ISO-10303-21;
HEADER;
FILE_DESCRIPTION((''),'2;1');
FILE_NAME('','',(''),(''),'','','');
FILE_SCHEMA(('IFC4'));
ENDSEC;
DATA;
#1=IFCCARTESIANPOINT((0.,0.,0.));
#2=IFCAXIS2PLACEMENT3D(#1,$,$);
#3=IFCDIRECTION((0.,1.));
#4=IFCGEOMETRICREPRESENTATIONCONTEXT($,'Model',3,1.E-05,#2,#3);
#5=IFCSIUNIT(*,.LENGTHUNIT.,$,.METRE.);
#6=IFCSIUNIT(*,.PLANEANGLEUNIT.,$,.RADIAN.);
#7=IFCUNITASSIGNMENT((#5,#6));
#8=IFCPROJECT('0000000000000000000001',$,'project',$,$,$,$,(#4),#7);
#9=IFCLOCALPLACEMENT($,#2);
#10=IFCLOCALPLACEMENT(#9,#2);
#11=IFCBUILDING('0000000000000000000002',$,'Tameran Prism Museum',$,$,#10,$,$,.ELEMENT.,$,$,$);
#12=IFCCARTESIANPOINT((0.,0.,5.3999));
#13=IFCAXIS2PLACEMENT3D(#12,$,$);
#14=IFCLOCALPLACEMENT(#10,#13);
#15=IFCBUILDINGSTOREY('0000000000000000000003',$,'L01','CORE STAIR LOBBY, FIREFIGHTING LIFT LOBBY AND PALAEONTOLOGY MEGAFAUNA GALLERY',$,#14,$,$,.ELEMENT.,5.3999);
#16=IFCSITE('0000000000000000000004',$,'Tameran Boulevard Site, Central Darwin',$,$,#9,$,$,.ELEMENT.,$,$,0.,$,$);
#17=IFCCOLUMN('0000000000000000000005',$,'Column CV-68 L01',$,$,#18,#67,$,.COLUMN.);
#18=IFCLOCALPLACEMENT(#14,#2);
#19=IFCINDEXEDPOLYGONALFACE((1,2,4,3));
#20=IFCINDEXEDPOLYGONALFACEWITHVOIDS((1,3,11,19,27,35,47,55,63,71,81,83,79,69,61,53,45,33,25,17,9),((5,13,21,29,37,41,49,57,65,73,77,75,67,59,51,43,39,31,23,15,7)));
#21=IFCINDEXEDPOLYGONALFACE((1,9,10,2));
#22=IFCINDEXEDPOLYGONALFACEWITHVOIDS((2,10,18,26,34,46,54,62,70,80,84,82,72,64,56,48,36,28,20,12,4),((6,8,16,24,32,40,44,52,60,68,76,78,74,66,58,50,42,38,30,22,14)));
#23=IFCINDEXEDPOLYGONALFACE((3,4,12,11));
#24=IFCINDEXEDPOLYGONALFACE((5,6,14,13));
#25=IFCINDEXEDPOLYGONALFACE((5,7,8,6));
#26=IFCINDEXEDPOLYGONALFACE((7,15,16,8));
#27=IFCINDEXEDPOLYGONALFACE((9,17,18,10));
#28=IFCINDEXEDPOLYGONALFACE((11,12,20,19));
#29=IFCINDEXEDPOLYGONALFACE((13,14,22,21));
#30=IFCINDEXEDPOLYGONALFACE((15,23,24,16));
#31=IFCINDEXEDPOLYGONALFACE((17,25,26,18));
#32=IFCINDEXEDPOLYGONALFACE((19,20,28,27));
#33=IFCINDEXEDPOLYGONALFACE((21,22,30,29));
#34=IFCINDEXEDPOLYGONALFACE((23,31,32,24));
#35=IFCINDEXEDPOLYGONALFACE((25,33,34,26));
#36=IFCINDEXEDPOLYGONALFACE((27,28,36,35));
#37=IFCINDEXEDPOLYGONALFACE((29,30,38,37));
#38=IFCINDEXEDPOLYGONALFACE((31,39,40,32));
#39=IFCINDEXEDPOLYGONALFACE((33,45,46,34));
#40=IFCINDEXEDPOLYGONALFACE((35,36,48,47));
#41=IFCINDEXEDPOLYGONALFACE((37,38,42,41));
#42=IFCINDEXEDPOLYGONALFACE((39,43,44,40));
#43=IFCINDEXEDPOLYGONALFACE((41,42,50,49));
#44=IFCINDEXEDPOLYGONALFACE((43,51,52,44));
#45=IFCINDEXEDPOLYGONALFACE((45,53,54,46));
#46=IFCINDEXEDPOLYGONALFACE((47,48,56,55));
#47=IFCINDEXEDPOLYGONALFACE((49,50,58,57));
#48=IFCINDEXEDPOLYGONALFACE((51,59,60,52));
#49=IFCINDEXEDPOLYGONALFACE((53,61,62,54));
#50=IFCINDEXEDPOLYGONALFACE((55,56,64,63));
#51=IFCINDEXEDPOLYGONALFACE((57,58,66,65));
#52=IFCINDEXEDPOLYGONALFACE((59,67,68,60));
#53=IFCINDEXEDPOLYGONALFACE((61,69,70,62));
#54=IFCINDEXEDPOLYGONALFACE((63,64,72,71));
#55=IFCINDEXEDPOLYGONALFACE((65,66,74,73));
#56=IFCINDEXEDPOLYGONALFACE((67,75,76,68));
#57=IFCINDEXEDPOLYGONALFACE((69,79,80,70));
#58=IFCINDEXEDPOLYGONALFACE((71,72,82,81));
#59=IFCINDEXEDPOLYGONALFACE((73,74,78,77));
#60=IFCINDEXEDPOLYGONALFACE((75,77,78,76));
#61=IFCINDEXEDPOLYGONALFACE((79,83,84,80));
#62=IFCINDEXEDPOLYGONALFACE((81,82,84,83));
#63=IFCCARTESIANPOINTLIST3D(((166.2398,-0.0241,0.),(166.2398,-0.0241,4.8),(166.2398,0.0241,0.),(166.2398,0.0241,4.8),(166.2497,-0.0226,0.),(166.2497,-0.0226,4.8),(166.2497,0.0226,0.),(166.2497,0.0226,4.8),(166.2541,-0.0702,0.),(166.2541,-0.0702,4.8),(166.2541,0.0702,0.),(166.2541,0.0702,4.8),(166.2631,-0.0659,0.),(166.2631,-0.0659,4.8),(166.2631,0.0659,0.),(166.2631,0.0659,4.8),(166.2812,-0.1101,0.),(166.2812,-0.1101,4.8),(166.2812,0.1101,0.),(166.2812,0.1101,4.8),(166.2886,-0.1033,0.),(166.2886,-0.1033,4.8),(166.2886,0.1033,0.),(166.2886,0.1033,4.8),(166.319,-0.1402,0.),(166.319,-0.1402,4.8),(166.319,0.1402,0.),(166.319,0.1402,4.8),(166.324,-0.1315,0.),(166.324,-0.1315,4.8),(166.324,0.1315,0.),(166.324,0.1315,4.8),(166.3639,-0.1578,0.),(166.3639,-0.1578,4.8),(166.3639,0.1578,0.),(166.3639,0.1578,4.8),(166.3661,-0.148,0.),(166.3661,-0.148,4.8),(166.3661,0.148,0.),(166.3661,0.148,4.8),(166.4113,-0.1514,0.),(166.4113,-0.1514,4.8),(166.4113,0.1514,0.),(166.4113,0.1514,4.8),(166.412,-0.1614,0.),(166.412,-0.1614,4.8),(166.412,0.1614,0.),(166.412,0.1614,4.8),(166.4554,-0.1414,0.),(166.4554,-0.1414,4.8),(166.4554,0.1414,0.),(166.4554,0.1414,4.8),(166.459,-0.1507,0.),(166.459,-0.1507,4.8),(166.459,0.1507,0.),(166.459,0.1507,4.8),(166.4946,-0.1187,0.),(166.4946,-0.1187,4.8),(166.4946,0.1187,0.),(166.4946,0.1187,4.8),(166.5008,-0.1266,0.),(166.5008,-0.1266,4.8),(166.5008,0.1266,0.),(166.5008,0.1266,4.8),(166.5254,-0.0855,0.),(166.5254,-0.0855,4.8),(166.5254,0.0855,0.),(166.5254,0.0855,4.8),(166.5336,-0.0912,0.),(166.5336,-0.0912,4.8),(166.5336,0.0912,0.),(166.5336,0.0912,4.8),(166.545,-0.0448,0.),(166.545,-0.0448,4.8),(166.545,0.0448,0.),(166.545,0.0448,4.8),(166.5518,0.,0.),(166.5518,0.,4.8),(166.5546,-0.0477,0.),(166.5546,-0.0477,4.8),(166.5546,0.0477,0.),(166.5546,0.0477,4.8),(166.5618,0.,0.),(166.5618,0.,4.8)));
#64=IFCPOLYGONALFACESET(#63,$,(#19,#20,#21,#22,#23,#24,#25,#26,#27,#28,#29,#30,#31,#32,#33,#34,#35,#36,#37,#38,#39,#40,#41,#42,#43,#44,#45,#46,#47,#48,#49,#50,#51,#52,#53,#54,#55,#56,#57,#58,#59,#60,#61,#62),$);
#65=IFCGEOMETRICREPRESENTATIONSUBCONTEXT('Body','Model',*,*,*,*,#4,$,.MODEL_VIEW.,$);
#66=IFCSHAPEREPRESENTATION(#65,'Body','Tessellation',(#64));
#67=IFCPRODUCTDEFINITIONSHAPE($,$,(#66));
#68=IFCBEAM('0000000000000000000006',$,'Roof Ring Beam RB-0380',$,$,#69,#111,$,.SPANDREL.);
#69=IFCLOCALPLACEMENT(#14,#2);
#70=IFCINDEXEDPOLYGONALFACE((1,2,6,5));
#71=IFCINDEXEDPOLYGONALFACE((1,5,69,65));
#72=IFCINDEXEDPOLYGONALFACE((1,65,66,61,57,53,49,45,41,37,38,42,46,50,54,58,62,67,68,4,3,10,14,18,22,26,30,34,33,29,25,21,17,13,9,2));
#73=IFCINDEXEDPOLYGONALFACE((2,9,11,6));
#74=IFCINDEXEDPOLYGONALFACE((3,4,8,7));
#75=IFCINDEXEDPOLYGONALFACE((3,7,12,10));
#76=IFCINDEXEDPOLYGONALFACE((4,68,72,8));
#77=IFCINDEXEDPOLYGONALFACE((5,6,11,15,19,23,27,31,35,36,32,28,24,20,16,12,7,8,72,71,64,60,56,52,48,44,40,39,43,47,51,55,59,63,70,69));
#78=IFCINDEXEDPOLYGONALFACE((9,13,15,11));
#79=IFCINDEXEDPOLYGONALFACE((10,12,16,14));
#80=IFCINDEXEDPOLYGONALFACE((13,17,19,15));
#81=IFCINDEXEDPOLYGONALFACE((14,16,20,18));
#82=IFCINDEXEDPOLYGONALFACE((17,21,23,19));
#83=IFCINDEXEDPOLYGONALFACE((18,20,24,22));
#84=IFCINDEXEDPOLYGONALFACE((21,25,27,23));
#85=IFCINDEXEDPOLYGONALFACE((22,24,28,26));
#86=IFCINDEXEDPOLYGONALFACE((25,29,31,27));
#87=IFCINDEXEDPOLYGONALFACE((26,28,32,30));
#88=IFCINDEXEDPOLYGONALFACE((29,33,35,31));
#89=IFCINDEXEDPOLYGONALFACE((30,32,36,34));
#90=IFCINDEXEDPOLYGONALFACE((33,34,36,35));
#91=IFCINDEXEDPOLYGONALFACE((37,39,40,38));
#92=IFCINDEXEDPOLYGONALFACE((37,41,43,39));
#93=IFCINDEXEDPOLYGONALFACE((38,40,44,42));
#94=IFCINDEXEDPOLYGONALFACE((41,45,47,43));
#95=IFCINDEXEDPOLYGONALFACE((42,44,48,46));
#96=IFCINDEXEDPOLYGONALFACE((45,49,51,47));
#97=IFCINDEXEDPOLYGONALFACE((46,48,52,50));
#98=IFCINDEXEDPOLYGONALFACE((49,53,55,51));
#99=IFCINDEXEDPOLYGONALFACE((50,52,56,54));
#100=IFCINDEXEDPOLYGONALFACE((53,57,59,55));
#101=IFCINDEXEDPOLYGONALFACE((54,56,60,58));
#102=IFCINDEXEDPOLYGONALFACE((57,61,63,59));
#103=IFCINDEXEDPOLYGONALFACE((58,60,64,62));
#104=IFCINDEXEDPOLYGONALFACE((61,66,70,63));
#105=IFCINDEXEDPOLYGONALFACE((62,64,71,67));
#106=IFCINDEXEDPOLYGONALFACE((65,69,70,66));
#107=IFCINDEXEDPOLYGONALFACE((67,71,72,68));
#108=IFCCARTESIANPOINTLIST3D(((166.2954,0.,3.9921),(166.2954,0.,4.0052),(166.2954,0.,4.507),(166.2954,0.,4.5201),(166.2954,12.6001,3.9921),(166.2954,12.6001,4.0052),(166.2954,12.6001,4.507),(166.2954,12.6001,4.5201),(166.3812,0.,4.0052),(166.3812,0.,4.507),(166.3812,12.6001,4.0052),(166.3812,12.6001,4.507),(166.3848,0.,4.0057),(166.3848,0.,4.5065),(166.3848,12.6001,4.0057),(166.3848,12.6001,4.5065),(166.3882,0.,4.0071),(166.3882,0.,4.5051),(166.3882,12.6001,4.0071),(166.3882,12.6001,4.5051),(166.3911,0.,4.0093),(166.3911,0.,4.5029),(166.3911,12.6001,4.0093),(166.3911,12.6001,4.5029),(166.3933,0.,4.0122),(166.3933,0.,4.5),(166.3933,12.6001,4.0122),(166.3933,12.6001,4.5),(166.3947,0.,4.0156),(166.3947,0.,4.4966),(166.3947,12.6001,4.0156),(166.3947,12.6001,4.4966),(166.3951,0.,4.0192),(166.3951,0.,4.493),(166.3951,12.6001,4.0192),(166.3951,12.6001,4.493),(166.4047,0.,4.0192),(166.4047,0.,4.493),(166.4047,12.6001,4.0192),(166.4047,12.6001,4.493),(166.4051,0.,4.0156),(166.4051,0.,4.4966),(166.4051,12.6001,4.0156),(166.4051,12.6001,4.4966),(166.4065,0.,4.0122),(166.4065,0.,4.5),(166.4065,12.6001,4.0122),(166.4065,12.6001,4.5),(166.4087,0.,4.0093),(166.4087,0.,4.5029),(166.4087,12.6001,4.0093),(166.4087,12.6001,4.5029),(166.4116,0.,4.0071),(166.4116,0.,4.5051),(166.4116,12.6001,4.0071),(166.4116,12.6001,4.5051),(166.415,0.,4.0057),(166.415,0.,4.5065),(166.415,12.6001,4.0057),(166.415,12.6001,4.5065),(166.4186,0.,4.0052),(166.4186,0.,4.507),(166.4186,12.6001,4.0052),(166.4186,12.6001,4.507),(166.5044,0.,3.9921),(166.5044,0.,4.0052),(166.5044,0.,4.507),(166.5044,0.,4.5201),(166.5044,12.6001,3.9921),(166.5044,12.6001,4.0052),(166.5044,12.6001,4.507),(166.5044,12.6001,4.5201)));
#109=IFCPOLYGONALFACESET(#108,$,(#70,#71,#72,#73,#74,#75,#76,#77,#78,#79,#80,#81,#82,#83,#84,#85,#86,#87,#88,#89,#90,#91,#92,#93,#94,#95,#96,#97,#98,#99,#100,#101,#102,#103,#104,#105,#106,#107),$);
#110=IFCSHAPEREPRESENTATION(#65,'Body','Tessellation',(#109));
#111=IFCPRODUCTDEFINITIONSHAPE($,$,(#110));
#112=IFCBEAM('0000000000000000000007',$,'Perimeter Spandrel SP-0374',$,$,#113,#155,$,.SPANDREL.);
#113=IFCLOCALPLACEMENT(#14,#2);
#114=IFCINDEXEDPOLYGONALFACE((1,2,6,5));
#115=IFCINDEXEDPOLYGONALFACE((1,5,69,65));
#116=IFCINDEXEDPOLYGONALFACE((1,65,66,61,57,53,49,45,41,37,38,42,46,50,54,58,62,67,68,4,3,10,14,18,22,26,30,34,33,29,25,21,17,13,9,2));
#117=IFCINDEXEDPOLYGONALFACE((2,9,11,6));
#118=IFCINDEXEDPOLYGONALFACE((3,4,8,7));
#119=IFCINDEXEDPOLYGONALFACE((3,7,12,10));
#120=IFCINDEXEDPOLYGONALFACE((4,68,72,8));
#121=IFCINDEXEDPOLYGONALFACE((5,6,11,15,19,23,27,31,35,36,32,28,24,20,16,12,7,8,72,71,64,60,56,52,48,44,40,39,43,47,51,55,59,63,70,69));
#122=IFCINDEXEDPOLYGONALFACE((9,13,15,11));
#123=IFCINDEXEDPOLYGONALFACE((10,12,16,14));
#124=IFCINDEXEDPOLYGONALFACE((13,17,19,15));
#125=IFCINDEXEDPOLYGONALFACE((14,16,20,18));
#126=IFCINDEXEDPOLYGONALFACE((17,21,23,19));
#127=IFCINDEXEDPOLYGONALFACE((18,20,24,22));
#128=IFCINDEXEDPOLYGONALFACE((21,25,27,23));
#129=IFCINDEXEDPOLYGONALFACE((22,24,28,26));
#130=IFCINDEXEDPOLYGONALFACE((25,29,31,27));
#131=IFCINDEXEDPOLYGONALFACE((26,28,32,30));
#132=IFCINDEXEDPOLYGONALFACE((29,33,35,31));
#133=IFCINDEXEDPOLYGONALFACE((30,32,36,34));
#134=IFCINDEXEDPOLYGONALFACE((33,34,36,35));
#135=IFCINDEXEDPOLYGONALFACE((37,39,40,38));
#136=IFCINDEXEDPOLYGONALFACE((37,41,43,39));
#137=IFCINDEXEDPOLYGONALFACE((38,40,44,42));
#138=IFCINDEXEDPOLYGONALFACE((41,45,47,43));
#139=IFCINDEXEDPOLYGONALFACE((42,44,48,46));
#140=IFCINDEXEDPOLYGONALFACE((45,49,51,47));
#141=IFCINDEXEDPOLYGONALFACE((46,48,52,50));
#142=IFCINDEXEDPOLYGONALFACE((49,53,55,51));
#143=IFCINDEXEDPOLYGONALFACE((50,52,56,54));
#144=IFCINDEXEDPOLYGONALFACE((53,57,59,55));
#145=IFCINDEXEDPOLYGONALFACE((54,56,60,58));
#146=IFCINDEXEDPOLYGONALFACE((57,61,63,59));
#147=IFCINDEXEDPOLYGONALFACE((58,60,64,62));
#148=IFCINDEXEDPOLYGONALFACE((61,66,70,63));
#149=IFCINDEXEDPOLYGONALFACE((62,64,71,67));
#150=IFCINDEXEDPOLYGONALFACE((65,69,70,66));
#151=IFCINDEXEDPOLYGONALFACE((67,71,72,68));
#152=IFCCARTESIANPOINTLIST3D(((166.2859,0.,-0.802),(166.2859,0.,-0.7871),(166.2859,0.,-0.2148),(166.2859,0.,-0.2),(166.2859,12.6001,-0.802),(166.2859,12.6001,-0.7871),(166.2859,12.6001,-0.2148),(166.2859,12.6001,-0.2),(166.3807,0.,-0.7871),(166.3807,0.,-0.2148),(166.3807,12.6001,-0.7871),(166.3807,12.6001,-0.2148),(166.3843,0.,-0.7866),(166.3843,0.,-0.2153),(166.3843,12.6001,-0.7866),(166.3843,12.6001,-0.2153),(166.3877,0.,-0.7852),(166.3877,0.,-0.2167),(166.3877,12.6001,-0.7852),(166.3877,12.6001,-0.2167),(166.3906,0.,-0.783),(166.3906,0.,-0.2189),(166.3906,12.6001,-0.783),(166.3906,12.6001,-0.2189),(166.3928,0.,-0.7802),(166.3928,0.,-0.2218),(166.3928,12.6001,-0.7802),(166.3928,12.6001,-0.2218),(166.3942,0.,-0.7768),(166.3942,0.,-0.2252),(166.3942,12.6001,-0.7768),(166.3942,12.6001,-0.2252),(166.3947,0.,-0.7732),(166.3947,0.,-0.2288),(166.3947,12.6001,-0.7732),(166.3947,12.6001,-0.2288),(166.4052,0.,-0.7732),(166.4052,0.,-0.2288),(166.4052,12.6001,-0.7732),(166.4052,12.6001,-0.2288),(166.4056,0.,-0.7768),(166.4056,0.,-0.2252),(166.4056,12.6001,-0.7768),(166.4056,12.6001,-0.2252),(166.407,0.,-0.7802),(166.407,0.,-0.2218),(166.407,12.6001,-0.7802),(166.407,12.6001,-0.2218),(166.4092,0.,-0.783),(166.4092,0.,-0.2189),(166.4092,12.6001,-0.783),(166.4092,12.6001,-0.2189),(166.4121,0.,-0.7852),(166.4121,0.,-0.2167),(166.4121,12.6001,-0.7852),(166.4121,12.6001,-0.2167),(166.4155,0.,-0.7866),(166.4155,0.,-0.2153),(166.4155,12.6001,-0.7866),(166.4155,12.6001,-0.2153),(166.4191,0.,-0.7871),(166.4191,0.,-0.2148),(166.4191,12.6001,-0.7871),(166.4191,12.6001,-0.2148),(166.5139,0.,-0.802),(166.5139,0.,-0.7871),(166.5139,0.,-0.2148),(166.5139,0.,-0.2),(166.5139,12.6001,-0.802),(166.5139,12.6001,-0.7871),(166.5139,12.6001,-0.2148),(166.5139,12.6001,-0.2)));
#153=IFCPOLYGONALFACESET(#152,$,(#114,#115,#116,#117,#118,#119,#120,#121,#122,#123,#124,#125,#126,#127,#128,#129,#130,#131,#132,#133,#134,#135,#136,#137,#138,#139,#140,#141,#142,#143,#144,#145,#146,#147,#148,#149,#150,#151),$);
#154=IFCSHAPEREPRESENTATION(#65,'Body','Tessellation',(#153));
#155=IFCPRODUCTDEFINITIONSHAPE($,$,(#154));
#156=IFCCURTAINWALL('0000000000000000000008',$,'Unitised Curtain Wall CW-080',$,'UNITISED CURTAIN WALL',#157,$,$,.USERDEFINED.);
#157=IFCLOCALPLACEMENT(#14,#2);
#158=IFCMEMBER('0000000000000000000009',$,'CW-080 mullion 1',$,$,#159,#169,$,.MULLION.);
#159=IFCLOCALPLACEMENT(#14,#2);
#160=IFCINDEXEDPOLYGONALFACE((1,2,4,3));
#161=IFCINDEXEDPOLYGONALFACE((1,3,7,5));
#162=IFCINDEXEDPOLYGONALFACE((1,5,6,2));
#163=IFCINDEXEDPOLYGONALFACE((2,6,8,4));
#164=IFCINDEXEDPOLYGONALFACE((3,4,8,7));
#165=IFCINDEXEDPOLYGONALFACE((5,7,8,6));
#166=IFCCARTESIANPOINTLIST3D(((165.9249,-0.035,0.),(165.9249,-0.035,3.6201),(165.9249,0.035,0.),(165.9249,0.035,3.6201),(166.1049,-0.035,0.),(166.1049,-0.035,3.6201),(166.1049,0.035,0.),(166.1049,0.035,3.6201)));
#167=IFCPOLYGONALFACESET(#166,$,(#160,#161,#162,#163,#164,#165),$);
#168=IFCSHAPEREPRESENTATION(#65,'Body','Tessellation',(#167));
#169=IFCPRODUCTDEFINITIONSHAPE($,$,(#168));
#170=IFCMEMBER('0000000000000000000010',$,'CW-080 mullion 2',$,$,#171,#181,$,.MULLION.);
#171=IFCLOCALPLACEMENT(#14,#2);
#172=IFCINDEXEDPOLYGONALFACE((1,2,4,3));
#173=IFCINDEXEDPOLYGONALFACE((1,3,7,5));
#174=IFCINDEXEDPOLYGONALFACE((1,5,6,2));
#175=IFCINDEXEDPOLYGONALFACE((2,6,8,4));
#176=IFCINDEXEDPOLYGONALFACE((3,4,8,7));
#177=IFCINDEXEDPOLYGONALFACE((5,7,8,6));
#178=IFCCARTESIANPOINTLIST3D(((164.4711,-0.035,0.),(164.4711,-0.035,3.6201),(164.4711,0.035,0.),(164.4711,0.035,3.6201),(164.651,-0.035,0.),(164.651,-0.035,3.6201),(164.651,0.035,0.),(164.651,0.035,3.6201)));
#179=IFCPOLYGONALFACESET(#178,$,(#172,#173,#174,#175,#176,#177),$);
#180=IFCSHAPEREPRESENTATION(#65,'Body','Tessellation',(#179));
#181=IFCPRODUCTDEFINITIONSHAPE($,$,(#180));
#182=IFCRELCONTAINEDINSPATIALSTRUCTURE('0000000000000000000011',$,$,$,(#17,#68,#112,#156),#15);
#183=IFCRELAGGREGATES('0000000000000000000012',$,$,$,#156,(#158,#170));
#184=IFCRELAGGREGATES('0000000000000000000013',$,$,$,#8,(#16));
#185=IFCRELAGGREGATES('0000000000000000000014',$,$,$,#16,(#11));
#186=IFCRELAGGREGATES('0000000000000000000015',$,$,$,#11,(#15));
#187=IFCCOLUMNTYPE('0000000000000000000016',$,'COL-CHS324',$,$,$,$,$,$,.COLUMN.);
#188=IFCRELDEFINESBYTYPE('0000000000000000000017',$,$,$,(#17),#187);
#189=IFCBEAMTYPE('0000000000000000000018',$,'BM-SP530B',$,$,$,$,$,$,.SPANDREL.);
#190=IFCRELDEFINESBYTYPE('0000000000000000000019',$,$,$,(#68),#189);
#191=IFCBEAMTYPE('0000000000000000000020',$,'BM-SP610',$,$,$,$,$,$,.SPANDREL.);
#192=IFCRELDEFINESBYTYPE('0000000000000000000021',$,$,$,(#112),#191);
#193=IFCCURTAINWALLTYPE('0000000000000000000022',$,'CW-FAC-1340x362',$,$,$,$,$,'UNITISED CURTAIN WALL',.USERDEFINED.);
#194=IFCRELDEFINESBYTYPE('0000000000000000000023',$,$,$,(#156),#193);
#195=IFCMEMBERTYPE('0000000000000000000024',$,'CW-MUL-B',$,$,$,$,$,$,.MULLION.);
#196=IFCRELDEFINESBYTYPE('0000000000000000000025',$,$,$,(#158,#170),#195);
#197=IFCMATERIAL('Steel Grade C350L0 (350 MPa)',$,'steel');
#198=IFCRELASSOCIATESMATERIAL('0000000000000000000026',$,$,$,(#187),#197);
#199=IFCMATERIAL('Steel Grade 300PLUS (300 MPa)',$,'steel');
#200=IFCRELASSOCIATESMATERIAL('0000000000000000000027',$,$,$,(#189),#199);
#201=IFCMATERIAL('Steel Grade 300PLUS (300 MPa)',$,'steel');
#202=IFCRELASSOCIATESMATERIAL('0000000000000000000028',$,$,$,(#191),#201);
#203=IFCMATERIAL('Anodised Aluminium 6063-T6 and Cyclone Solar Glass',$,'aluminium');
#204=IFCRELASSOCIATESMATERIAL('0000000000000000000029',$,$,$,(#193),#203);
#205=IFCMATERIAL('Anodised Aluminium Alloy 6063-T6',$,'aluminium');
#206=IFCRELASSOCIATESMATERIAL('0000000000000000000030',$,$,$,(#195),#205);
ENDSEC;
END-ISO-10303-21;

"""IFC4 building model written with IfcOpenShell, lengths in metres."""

from ifc_helpers import new_model, si_unit, direction, frame, origin, origin_2d, place, context, subcontext, project, spatial, rectangle, hollow_circle, i_section, extrude, material, material_profile, profile_set, type_object, element, aggregate, save


model = new_model("IFC4")

# Units and contexts
model_context = context("Model", 3, precision=1e-05, world=origin(), true_north=direction((0.0, 1.0)))
body_context = subcontext(model_context, "Body", "Model", "MODEL_VIEW")
ifc_project = project(units=[si_unit("LENGTHUNIT", "METRE"), si_unit("PLANEANGLEUNIT", "RADIAN")], contexts=[model_context])

# Site, building, storey
site_placement = place(None, origin())
site = spatial("IfcSite", under=ifc_project, at=site_placement, Name="Tameran Boulevard Site, Central Darwin", CompositionType="ELEMENT", RefElevation=0.0)
building_placement = place(site_placement, origin())
building = spatial("IfcBuilding", under=site, at=building_placement, Name="Tameran Prism Museum", CompositionType="ELEMENT")
storey_placement = place(building_placement, frame((0.0, 0.0, 5.3999)))
storey = spatial("IfcBuildingStorey", under=building, at=storey_placement, Name="L01", Description="CORE STAIR LOBBY, FIREFIGHTING LIFT LOBBY AND PALAEONTOLOGY MEGAFAUNA GALLERY", CompositionType="ELEMENT", Elevation=5.3999)

# Column
ifc_material_1 = material(Name="Steel Grade C350L0 (350 MPa)", Category="steel")
ifc_material_profile_1 = material_profile(ifc_material_1, hollow_circle(Radius=0.1619, WallThickness=0.01, at=origin_2d()))
ifc_profile_set_1 = profile_set([ifc_material_profile_1])
column_type = type_object("IfcColumnType", Name="COL-CHS324", PredefinedType="COLUMN", material=ifc_profile_set_1)
column_placement = place(storey_placement, frame((166.3999, 0.0, 0.0), z_axis=(0.0, 0.0, 1.0), x_axis=(1.0, 0.0, 0.0)))
element("IfcColumn", 1, at=column_placement, inside=storey, type_object=column_type, Name="Column CV-68 L01", PredefinedType="COLUMN", context=body_context, shape_type="SweptSolid", body=[
    extrude(hollow_circle(Radius=0.1619, WallThickness=0.01, at=origin_2d()), origin(), (0.0, 0.0, 1.0), 4.8),
])

# Beams
ifc_material_2 = material(Name="Steel Grade 300PLUS (300 MPa)", Category="steel")
ifc_material_profile_2 = material_profile(ifc_material_2, i_section(OverallWidth=0.209, OverallDepth=0.5281, WebThickness=0.0095, FlangeThickness=0.0132, FilletRadius=0.0139, at=origin_2d()))
ifc_profile_set_2 = profile_set([ifc_material_profile_2])
beam_type_1 = type_object("IfcBeamType", Name="BM-SP530B", PredefinedType="SPANDREL", material=ifc_profile_set_2)
beam_1_placement = place(storey_placement, frame((166.3999, 0.0, 4.2561), z_axis=(0.0, 1.0, 0.0), x_axis=(-1.0, 0.0, 0.0)))
element("IfcBeam", 2, at=beam_1_placement, inside=storey, type_object=beam_type_1, Name="Roof Ring Beam RB-0380", PredefinedType="SPANDREL", context=body_context, shape_type="SweptSolid", body=[
    extrude(i_section(OverallWidth=0.209, OverallDepth=0.5281, WebThickness=0.0095, FlangeThickness=0.0132, FilletRadius=0.0139, at=origin_2d()), origin(), (0.0, 0.0, 1.0), 12.6001),
])
ifc_material_3 = material(Name="Steel Grade 300PLUS (300 MPa)", Category="steel")
ifc_material_profile_3 = material_profile(ifc_material_3, i_section(OverallWidth=0.228, OverallDepth=0.6021, WebThickness=0.0105, FlangeThickness=0.0149, FilletRadius=0.0139, at=origin_2d()))
ifc_profile_set_3 = profile_set([ifc_material_profile_3])
beam_type_2 = type_object("IfcBeamType", Name="BM-SP610", PredefinedType="SPANDREL", material=ifc_profile_set_3)
beam_2_placement = place(storey_placement, frame((166.3999, 0.0, -0.501), z_axis=(0.0, 1.0, 0.0), x_axis=(-1.0, 0.0, 0.0)))
element("IfcBeam", 3, at=beam_2_placement, inside=storey, type_object=beam_type_2, Name="Perimeter Spandrel SP-0374", PredefinedType="SPANDREL", context=body_context, shape_type="SweptSolid", body=[
    extrude(i_section(OverallWidth=0.228, OverallDepth=0.6021, WebThickness=0.0105, FlangeThickness=0.0149, FilletRadius=0.0139, at=origin_2d()), origin(), (0.0, 0.0, 1.0), 12.6001),
])

# Curtain wall, members
ifc_material_4 = material(Name="Anodised Aluminium 6063-T6 and Cyclone Solar Glass", Category="aluminium")
curtain_wall_type_1 = type_object("IfcCurtainWallType", Name="CW-FAC-1340x362", ElementType="UNITISED CURTAIN WALL", PredefinedType="USERDEFINED", material=ifc_material_4)
curtain_wall_1_placement = place(storey_placement, origin())
curtain_wall_1 = element("IfcCurtainWall", 4, at=curtain_wall_1_placement, inside=storey, type_object=curtain_wall_type_1, Name="Unitised Curtain Wall CW-080", ObjectType="UNITISED CURTAIN WALL", PredefinedType="USERDEFINED")
ifc_material_5 = material(Name="Anodised Aluminium Alloy 6063-T6", Category="aluminium")
ifc_material_profile_4 = material_profile(ifc_material_5, rectangle(XDim=0.0701, YDim=0.1799, at=origin_2d()))
ifc_profile_set_4 = profile_set([ifc_material_profile_4])
member_type_1 = type_object("IfcMemberType", Name="CW-MUL-B", PredefinedType="MULLION", material=ifc_profile_set_4)
member_1_placement = place(storey_placement, frame((166.0149, 0.0, 0.0), z_axis=(0.0, 0.0, 1.0), x_axis=(0.0, -1.0, 0.0)))
member_1 = element("IfcMember", 5, at=member_1_placement, type_object=member_type_1, Name="CW-080 mullion 1", PredefinedType="MULLION", context=body_context, shape_type="SweptSolid", body=[
    extrude(rectangle(XDim=0.0701, YDim=0.1799, at=origin_2d()), origin(), (0.0, 0.0, 1.0), 3.6201),
])
member_2_placement = place(storey_placement, frame((164.561, 0.0, 0.0), z_axis=(0.0, 0.0, 1.0), x_axis=(0.0, -1.0, 0.0)))
member_2 = element("IfcMember", 6, at=member_2_placement, type_object=member_type_1, Name="CW-080 mullion 2", PredefinedType="MULLION", context=body_context, shape_type="SweptSolid", body=[
    extrude(rectangle(XDim=0.0701, YDim=0.1799, at=origin_2d()), origin(), (0.0, 0.0, 1.0), 3.6201),
])

aggregate(curtain_wall_1, [member_1, member_2])

save(model, "model.ifc")
